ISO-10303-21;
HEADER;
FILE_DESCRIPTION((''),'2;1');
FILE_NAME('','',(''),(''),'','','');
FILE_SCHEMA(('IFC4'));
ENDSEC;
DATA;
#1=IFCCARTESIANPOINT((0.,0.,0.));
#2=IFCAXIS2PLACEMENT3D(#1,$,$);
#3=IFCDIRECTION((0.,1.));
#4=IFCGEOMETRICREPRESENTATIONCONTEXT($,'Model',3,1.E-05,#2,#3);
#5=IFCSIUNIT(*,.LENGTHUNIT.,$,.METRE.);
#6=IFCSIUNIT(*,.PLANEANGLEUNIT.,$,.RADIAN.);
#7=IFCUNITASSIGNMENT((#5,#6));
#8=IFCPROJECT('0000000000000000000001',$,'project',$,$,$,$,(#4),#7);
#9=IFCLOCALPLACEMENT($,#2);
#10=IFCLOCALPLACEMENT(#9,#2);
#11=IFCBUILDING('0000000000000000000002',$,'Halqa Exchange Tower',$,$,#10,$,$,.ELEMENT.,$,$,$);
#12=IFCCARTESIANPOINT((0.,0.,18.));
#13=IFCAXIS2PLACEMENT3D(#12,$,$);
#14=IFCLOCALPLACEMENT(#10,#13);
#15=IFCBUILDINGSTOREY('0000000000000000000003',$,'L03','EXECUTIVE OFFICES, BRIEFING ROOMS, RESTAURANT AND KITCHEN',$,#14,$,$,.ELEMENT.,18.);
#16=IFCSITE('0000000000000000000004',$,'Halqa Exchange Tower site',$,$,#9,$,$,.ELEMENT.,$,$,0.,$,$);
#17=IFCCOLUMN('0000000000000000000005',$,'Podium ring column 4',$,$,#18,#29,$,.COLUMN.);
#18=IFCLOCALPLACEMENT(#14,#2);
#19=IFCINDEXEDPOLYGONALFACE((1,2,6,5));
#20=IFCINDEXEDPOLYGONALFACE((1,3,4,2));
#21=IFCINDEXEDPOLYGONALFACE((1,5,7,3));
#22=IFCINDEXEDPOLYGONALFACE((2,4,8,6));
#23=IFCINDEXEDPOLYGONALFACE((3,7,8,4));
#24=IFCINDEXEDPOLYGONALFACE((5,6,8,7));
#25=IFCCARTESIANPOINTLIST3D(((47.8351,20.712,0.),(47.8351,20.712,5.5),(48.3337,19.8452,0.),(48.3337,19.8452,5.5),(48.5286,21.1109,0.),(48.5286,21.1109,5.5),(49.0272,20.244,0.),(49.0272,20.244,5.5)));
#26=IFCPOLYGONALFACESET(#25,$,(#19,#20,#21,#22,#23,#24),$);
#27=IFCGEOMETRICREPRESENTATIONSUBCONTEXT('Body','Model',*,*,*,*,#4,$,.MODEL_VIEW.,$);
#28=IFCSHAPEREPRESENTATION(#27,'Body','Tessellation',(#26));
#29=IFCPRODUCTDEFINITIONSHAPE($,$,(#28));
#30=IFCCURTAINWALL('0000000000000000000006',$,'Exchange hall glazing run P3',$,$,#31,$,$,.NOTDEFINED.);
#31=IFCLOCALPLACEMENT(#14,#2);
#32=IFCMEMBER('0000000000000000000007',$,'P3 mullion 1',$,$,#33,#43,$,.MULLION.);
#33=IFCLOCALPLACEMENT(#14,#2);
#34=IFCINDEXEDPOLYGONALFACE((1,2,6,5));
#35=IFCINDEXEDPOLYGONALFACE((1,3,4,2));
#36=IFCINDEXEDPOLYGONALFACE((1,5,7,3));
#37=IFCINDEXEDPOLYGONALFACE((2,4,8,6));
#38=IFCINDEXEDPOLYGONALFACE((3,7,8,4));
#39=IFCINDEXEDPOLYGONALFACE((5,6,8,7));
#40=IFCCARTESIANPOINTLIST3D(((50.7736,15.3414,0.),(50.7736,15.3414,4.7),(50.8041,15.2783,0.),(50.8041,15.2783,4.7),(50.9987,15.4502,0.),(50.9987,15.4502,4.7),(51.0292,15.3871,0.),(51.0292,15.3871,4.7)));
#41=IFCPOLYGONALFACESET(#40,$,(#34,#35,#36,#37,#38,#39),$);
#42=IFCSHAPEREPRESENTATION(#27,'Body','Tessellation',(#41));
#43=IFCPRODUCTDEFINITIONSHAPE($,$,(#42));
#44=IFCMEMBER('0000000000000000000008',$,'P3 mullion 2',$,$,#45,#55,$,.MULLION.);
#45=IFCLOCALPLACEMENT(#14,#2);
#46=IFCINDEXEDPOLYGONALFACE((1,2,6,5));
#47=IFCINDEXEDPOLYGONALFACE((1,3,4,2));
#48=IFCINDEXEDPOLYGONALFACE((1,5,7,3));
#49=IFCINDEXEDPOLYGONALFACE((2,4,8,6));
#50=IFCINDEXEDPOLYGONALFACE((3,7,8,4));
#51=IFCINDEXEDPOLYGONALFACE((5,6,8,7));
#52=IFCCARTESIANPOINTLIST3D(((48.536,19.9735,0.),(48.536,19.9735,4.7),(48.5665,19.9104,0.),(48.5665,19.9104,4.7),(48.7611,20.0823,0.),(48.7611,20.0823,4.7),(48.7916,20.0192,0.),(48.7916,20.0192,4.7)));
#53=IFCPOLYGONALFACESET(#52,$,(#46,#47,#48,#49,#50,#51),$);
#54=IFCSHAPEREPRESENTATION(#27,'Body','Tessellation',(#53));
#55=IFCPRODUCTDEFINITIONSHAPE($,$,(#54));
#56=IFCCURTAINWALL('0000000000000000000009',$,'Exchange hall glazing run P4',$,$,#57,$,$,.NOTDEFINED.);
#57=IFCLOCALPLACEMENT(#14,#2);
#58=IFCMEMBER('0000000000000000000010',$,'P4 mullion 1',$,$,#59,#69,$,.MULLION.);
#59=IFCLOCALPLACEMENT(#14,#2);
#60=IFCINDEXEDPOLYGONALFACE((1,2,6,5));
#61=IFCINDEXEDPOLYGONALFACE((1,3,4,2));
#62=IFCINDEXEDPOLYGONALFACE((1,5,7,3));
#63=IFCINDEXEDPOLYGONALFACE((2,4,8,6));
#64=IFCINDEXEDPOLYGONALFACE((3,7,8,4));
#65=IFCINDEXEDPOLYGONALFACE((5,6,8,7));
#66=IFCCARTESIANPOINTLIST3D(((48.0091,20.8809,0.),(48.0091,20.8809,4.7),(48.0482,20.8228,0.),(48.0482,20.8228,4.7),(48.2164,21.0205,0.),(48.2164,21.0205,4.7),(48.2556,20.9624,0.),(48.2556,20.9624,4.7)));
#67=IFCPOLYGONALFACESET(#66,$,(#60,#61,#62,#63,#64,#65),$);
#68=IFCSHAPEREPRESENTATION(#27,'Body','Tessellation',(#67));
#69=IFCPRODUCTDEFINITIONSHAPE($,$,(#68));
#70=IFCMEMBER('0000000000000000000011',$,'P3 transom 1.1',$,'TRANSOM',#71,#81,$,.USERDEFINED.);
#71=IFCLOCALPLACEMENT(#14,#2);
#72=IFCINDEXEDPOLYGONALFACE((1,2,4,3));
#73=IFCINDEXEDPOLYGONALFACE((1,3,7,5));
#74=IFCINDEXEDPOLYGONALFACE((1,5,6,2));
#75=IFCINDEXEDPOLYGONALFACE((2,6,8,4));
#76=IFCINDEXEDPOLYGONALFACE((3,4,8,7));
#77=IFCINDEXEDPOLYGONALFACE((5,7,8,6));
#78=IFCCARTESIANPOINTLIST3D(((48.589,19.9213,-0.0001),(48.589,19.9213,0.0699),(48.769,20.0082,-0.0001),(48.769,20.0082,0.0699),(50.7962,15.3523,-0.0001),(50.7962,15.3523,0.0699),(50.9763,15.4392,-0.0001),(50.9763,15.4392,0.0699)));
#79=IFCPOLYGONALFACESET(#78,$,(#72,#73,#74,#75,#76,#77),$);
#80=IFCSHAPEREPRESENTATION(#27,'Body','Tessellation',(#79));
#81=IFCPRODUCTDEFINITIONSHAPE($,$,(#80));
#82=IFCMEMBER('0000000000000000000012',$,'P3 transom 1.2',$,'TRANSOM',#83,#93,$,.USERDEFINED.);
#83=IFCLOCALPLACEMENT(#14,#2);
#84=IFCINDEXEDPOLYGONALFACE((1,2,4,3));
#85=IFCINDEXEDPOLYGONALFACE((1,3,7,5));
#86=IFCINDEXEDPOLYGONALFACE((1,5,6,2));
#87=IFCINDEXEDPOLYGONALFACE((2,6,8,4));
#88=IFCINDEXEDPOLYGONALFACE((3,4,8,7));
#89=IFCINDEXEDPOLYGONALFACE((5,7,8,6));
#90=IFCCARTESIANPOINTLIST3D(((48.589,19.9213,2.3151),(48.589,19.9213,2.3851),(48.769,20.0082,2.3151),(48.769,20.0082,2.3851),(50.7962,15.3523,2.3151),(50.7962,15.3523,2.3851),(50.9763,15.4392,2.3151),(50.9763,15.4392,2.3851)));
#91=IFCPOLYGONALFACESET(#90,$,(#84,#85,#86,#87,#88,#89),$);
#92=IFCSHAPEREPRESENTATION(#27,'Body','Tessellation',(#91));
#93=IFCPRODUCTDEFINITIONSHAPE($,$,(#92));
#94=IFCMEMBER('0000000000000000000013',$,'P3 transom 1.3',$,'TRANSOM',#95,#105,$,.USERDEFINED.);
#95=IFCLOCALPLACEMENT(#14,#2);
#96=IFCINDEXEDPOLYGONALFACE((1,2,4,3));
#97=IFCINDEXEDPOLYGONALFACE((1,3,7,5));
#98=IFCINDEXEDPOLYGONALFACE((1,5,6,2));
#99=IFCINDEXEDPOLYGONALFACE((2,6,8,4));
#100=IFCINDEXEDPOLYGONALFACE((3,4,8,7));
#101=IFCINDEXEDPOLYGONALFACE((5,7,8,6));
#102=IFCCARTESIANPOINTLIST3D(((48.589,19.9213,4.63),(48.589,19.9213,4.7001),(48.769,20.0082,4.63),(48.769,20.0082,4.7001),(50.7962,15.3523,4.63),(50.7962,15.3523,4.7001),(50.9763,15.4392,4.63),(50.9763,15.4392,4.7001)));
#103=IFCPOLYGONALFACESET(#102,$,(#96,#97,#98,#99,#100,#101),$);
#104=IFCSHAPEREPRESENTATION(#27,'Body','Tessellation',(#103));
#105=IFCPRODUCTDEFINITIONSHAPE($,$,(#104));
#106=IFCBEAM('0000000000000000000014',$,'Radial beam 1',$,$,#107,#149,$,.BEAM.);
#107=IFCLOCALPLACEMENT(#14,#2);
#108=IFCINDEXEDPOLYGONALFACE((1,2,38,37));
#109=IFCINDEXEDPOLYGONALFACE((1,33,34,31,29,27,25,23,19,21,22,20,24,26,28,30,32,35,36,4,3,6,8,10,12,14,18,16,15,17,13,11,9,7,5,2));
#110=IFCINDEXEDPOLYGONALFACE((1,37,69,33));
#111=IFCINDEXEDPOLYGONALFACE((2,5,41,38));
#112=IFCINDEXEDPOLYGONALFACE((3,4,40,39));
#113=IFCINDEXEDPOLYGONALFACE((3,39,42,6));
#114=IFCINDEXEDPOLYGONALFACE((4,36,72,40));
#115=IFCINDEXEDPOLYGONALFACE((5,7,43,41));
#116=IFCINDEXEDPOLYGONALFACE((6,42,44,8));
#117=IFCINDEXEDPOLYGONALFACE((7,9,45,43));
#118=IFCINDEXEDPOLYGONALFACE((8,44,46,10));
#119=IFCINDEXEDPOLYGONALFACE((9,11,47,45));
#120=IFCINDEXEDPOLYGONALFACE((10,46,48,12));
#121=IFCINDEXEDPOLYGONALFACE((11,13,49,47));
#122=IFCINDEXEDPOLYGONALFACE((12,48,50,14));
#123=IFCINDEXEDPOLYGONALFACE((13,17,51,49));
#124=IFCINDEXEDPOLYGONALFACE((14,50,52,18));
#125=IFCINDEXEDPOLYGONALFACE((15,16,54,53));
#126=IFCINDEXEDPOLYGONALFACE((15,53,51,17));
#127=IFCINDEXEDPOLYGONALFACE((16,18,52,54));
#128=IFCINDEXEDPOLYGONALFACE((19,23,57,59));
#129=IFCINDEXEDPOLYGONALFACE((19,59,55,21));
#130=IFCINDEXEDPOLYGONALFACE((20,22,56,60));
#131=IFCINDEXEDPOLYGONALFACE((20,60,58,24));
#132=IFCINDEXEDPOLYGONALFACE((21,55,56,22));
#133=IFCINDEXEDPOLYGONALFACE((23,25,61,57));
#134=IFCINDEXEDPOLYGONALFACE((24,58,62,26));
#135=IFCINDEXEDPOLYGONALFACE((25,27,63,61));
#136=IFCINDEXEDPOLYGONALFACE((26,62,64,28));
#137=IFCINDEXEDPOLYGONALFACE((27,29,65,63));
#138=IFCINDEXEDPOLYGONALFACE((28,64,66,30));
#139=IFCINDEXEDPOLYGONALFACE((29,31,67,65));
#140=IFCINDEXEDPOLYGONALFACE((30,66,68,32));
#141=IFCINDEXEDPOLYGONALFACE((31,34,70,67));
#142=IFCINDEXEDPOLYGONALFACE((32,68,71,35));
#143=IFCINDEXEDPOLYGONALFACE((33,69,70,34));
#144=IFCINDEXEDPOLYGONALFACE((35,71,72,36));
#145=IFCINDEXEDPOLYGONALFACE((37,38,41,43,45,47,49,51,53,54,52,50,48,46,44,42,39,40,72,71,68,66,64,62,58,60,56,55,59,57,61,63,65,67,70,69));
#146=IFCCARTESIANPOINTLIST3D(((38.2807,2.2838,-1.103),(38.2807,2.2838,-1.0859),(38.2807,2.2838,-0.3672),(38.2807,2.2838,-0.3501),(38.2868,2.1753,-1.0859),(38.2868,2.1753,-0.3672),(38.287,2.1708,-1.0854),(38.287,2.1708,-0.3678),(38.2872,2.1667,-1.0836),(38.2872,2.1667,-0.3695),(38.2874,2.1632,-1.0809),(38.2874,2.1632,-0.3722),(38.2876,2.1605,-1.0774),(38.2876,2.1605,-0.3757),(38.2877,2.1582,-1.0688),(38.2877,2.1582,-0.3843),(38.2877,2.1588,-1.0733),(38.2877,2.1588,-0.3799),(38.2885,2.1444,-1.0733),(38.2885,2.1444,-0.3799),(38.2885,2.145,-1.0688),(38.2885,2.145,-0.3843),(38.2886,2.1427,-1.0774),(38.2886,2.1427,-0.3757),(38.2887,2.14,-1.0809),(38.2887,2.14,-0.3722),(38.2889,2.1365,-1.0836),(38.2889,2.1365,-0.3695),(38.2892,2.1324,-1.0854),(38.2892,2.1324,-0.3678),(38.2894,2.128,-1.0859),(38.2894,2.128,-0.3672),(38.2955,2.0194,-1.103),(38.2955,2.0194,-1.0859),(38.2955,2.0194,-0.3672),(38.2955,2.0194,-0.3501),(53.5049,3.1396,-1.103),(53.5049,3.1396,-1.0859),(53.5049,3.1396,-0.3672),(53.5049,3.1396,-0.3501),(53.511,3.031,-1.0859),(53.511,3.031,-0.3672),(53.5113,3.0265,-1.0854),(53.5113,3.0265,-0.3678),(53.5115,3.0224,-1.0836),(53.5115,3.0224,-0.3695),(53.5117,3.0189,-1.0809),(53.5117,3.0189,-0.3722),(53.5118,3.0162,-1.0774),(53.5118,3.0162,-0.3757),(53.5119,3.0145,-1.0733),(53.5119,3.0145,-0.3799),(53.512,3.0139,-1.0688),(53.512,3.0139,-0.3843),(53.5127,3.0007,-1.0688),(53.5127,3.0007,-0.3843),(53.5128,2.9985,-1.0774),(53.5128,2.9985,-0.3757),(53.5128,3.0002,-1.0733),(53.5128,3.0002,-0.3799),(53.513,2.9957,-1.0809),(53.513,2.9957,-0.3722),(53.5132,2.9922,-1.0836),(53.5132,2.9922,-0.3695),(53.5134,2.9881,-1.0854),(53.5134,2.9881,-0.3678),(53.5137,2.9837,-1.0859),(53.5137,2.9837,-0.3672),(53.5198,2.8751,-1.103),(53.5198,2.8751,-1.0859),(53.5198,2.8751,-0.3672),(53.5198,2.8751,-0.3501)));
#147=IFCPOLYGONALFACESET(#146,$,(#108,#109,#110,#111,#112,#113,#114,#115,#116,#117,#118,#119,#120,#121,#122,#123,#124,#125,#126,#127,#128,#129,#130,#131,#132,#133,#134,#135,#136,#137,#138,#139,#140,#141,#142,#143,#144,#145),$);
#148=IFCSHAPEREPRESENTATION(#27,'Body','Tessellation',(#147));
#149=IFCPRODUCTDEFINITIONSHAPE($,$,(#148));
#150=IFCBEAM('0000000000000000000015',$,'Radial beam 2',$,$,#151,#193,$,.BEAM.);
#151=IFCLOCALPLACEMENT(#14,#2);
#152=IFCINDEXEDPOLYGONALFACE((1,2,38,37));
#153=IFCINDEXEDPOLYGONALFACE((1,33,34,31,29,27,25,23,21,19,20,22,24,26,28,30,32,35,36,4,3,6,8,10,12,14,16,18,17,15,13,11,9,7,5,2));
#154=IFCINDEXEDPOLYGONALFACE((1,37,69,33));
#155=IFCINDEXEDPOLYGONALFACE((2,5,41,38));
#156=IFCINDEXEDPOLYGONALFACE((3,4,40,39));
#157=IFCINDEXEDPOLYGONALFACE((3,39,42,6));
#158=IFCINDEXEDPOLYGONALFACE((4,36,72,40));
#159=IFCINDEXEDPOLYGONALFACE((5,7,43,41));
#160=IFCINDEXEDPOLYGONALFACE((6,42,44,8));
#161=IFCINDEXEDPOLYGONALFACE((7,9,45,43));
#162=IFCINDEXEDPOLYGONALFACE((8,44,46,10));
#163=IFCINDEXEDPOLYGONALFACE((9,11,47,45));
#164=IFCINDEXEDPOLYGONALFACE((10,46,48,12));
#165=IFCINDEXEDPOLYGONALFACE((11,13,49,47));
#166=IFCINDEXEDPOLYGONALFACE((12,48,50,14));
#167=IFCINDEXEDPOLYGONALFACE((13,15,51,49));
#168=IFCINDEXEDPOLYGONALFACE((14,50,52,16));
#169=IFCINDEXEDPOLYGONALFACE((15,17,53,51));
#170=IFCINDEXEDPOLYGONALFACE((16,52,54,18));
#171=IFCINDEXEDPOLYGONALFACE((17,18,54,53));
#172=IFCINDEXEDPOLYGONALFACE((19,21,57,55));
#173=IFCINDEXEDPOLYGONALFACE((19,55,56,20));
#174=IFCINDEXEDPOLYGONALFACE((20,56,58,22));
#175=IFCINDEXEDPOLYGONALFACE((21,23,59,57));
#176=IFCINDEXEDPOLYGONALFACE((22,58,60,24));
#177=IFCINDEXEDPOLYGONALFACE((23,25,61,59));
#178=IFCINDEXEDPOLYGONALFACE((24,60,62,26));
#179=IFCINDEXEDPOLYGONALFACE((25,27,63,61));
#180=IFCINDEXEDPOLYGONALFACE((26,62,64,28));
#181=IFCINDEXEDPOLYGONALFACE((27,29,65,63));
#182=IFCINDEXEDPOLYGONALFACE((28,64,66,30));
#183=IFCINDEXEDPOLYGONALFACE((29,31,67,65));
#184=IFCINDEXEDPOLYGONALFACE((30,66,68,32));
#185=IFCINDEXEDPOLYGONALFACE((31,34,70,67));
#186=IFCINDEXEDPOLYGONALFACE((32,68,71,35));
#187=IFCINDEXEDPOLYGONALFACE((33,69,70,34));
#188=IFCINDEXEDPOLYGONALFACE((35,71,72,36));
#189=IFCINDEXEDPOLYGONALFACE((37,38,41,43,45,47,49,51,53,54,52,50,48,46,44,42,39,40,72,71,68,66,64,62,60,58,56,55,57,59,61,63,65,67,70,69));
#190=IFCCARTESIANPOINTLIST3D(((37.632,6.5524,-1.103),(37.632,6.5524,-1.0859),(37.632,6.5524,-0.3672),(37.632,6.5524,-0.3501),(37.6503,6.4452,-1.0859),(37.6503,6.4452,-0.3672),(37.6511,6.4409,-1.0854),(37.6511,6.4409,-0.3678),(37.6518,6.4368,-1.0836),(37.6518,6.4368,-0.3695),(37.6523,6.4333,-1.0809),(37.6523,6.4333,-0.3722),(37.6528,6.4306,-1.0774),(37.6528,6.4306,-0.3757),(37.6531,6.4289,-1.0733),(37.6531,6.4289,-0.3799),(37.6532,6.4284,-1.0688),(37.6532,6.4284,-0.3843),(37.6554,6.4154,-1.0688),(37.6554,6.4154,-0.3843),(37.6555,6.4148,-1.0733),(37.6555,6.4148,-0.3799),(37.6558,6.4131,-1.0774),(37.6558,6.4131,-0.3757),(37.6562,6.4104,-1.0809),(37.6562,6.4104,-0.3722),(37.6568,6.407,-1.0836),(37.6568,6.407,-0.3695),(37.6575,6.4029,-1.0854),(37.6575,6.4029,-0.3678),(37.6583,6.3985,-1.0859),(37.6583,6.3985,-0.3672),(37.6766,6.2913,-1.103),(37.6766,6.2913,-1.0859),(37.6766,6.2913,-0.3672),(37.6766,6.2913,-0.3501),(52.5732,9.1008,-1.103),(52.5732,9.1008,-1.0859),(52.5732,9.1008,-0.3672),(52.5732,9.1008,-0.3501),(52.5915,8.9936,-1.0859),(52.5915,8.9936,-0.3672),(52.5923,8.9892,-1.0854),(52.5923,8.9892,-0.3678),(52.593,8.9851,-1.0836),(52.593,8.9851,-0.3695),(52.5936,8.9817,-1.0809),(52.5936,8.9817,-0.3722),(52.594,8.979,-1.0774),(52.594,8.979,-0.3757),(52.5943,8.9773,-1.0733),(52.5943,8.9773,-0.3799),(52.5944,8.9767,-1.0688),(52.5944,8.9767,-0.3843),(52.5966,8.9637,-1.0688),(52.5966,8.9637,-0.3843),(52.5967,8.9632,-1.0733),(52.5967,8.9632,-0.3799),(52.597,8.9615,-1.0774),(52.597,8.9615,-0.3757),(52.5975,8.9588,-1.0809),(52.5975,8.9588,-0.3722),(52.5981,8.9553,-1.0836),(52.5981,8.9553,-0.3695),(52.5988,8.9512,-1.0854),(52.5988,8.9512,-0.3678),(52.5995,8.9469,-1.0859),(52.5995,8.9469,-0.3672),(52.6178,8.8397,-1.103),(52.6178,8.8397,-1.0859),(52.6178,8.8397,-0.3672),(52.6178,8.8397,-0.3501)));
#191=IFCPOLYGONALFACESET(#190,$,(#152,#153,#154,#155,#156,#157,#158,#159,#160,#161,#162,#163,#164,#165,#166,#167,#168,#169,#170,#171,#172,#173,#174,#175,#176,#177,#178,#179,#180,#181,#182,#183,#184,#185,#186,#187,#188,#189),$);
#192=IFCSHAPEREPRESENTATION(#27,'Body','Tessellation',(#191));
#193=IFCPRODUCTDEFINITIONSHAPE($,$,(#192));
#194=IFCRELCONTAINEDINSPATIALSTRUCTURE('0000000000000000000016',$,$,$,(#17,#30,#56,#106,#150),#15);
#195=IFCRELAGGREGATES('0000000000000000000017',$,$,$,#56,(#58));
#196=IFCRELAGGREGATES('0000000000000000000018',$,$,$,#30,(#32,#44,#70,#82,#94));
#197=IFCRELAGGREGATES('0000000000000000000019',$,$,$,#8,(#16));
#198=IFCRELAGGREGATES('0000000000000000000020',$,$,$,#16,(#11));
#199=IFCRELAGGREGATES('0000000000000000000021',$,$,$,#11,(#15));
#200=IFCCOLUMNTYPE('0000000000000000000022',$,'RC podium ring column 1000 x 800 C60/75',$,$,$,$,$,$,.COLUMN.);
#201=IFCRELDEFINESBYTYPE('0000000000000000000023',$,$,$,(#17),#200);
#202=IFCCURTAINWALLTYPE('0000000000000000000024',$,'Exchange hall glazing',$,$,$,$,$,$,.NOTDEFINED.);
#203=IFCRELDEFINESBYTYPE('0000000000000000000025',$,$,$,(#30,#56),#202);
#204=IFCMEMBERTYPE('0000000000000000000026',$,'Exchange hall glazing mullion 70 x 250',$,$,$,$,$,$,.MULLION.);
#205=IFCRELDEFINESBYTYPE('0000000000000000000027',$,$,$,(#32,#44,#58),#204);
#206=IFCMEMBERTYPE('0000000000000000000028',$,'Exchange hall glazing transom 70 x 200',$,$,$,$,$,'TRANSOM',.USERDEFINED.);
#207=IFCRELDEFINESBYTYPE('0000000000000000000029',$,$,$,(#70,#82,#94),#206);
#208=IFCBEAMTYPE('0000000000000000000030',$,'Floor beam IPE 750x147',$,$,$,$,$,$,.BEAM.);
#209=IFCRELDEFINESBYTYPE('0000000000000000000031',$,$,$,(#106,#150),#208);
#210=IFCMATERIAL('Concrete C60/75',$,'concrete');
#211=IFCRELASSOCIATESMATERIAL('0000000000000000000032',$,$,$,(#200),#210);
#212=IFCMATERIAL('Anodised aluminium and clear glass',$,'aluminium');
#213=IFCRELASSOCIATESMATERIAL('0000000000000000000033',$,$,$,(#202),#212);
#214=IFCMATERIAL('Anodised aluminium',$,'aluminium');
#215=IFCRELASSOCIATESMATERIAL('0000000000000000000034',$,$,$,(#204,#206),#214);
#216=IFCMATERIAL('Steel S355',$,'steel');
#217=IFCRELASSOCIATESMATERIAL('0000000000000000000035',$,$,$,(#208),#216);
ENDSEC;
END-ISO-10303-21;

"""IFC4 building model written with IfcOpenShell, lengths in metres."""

from ifc_helpers import new_model, si_unit, direction, frame, origin, origin_2d, place, context, subcontext, project, spatial, rectangle, i_section, extrude, material, material_profile, profile_set, type_object, element, aggregate, save


model = new_model("IFC4")

# Units and contexts
model_context = context("Model", 3, precision=1e-05, world=origin(), true_north=direction((0.0, 1.0)))
body_context = subcontext(model_context, "Body", "Model", "MODEL_VIEW")
ifc_project = project(units=[si_unit("LENGTHUNIT", "METRE"), si_unit("PLANEANGLEUNIT", "RADIAN")], contexts=[model_context])

# Site, building, storey
site_placement = place(None, origin())
site = spatial("IfcSite", under=ifc_project, at=site_placement, Name="Halqa Exchange Tower site", CompositionType="ELEMENT", RefElevation=0.0)
building_placement = place(site_placement, origin())
building = spatial("IfcBuilding", under=site, at=building_placement, Name="Halqa Exchange Tower", CompositionType="ELEMENT")
storey_placement = place(building_placement, frame((0.0, 0.0, 18.0)))
storey = spatial("IfcBuildingStorey", under=building, at=storey_placement, Name="L03", Description="EXECUTIVE OFFICES, BRIEFING ROOMS, RESTAURANT AND KITCHEN", CompositionType="ELEMENT", Elevation=18.0)

# Column
ifc_material_1 = material(Name="Concrete C60/75", Category="concrete")
ifc_material_profile_1 = material_profile(ifc_material_1, rectangle(XDim=1.0, YDim=0.8, at=origin_2d()), Name="1000 x 800")
ifc_profile_set_1 = profile_set([ifc_material_profile_1], Name="Concrete C60/75")
column_type = type_object("IfcColumnType", Name="RC podium ring column 1000 x 800 C60/75", PredefinedType="COLUMN", material=ifc_profile_set_1)
column_placement = place(storey_placement, frame((48.4312, 20.478, 0.0), z_axis=(0.0, 0.0, 1.0), x_axis=(-0.498569, 0.86685, 0.0)))
element("IfcColumn", 1, at=column_placement, inside=storey, type_object=column_type, Name="Podium ring column 4", PredefinedType="COLUMN", context=body_context, shape_type="SweptSolid", body=[
    extrude(rectangle(XDim=1.0, YDim=0.8, at=origin_2d()), origin(), (0.0, 0.0, 1.0), 5.5),
])

# Curtain wall, members
ifc_material_2 = material(Name="Anodised aluminium and clear glass", Category="aluminium")
curtain_wall_type = type_object("IfcCurtainWallType", Name="Exchange hall glazing", PredefinedType="NOTDEFINED", material=ifc_material_2)
curtain_wall_1_placement = place(storey_placement, origin())
curtain_wall_1 = element("IfcCurtainWall", 2, at=curtain_wall_1_placement, inside=storey, type_object=curtain_wall_type, Name="Exchange hall glazing run P3", PredefinedType="NOTDEFINED")
ifc_material_3 = material(Name="Anodised aluminium", Category="aluminium")
ifc_material_profile_2 = material_profile(ifc_material_3, rectangle(XDim=0.25, YDim=0.0701, at=origin_2d()), Name="AL 70x250")
ifc_profile_set_2 = profile_set([ifc_material_profile_2], Name="Anodised aluminium")
member_type_1 = type_object("IfcMemberType", Name="Exchange hall glazing mullion 70 x 250", PredefinedType="MULLION", material=ifc_profile_set_2)
member_1_placement = place(storey_placement, frame((50.9014, 15.3643, 0.0), z_axis=(0.0, 0.0, 1.0), x_axis=(-0.900435, -0.43499, 0.0)))
member_1 = element("IfcMember", 3, at=member_1_placement, type_object=member_type_1, Name="P3 mullion 1", PredefinedType="MULLION", context=body_context, shape_type="SweptSolid", body=[
    extrude(rectangle(XDim=0.25, YDim=0.0701, at=origin_2d()), origin(), (0.0, 0.0, 1.0), 4.7),
])
member_2_placement = place(storey_placement, frame((48.6638, 19.9963, 0.0), z_axis=(0.0, 0.0, 1.0), x_axis=(-0.900435, -0.43499, 0.0)))
member_2 = element("IfcMember", 4, at=member_2_placement, type_object=member_type_1, Name="P3 mullion 2", PredefinedType="MULLION", context=body_context, shape_type="SweptSolid", body=[
    extrude(rectangle(XDim=0.25, YDim=0.0701, at=origin_2d()), origin(), (0.0, 0.0, 1.0), 4.7),
])

# Curtain wall, member
curtain_wall_2_placement = place(storey_placement, origin())
curtain_wall_2 = element("IfcCurtainWall", 5, at=curtain_wall_2_placement, inside=storey, type_object=curtain_wall_type, Name="Exchange hall glazing run P4", PredefinedType="NOTDEFINED")
member_3_placement = place(storey_placement, frame((48.1323, 20.9216, 0.0), z_axis=(0.0, 0.0, 1.0), x_axis=(-0.82949, -0.558522, 0.0)))
member_3 = element("IfcMember", 6, at=member_3_placement, type_object=member_type_1, Name="P4 mullion 1", PredefinedType="MULLION", context=body_context, shape_type="SweptSolid", body=[
    extrude(rectangle(XDim=0.25, YDim=0.0701, at=origin_2d()), origin(), (0.0, 0.0, 1.0), 4.7),
])
aggregate(curtain_wall_2, [member_3])

# Members
ifc_material_profile_3 = material_profile(ifc_material_3, rectangle(XDim=0.2, YDim=0.0701, at=origin_2d()), Name="AL 70x200")
ifc_profile_set_3 = profile_set([ifc_material_profile_3], Name="Anodised aluminium")
member_type_2 = type_object("IfcMemberType", Name="Exchange hall glazing transom 70 x 200", ElementType="TRANSOM", PredefinedType="USERDEFINED", material=ifc_profile_set_3)
member_4_placement = place(storey_placement, frame((50.8862, 15.3958, 0.0349), z_axis=(-0.43499, 0.900435, 0.0), x_axis=(-0.900435, -0.43499, 0.0)))
member_4 = element("IfcMember", 7, at=member_4_placement, type_object=member_type_2, Name="P3 transom 1.1", ObjectType="TRANSOM", PredefinedType="USERDEFINED", context=body_context, shape_type="SweptSolid", body=[
    extrude(rectangle(XDim=0.2, YDim=0.0701, at=origin_2d()), origin(), (0.0, 0.0, 1.0), 5.0742),
])
member_5_placement = place(storey_placement, frame((50.8862, 15.3958, 2.3501), z_axis=(-0.43499, 0.900435, 0.0), x_axis=(-0.900435, -0.43499, 0.0)))
member_5 = element("IfcMember", 8, at=member_5_placement, type_object=member_type_2, Name="P3 transom 1.2", ObjectType="TRANSOM", PredefinedType="USERDEFINED", context=body_context, shape_type="SweptSolid", body=[
    extrude(rectangle(XDim=0.2, YDim=0.0701, at=origin_2d()), origin(), (0.0, 0.0, 1.0), 5.0742),
])
member_6_placement = place(storey_placement, frame((50.8862, 15.3958, 4.665), z_axis=(-0.43499, 0.900435, 0.0), x_axis=(-0.900435, -0.43499, 0.0)))
member_6 = element("IfcMember", 9, at=member_6_placement, type_object=member_type_2, Name="P3 transom 1.3", ObjectType="TRANSOM", PredefinedType="USERDEFINED", context=body_context, shape_type="SweptSolid", body=[
    extrude(rectangle(XDim=0.2, YDim=0.0701, at=origin_2d()), origin(), (0.0, 0.0, 1.0), 5.0742),
])

# Beams
ifc_material_4 = material(Name="Steel S355", Category="steel")
ifc_material_profile_4 = material_profile(ifc_material_4, i_section(OverallWidth=0.2649, OverallDepth=0.7529, WebThickness=0.0132, FlangeThickness=0.0171, FilletRadius=0.0171, at=origin_2d()), Name="IPE 750x147")
ifc_profile_set_4 = profile_set([ifc_material_profile_4], Name="Steel S355")
beam_type_1 = type_object("IfcBeamType", Name="Floor beam IPE 750x147", PredefinedType="BEAM", material=ifc_profile_set_4)
beam_1_placement = place(storey_placement, frame((38.2881, 2.1516, -0.7266), z_axis=(0.998424, 0.056118, 0.0), x_axis=(-0.056118, 0.998424, 0.0)))
element("IfcBeam", 10, at=beam_1_placement, inside=storey, type_object=beam_type_1, Name="Radial beam 1", PredefinedType="BEAM", context=body_context, shape_type="SweptSolid", body=[
    extrude(i_section(OverallWidth=0.2649, OverallDepth=0.7529, WebThickness=0.0132, FlangeThickness=0.0171, FilletRadius=0.0171, at=origin_2d()), origin(), (0.0, 0.0, 1.0), 15.2483),
])
beam_2_placement = place(storey_placement, frame((37.6543, 6.4219, -0.7266), z_axis=(0.985765, 0.16813, 0.0), x_axis=(-0.16813, 0.985765, 0.0)))
element("IfcBeam", 11, at=beam_2_placement, inside=storey, type_object=beam_type_1, Name="Radial beam 2", PredefinedType="BEAM", context=body_context, shape_type="SweptSolid", body=[
    extrude(i_section(OverallWidth=0.2649, OverallDepth=0.7529, WebThickness=0.0132, FlangeThickness=0.0171, FilletRadius=0.0171, at=origin_2d()), origin(), (0.0, 0.0, 1.0), 15.157),
])

aggregate(curtain_wall_1, [member_1, member_2, member_4, member_5, member_6])

save(model, "model.ifc")
